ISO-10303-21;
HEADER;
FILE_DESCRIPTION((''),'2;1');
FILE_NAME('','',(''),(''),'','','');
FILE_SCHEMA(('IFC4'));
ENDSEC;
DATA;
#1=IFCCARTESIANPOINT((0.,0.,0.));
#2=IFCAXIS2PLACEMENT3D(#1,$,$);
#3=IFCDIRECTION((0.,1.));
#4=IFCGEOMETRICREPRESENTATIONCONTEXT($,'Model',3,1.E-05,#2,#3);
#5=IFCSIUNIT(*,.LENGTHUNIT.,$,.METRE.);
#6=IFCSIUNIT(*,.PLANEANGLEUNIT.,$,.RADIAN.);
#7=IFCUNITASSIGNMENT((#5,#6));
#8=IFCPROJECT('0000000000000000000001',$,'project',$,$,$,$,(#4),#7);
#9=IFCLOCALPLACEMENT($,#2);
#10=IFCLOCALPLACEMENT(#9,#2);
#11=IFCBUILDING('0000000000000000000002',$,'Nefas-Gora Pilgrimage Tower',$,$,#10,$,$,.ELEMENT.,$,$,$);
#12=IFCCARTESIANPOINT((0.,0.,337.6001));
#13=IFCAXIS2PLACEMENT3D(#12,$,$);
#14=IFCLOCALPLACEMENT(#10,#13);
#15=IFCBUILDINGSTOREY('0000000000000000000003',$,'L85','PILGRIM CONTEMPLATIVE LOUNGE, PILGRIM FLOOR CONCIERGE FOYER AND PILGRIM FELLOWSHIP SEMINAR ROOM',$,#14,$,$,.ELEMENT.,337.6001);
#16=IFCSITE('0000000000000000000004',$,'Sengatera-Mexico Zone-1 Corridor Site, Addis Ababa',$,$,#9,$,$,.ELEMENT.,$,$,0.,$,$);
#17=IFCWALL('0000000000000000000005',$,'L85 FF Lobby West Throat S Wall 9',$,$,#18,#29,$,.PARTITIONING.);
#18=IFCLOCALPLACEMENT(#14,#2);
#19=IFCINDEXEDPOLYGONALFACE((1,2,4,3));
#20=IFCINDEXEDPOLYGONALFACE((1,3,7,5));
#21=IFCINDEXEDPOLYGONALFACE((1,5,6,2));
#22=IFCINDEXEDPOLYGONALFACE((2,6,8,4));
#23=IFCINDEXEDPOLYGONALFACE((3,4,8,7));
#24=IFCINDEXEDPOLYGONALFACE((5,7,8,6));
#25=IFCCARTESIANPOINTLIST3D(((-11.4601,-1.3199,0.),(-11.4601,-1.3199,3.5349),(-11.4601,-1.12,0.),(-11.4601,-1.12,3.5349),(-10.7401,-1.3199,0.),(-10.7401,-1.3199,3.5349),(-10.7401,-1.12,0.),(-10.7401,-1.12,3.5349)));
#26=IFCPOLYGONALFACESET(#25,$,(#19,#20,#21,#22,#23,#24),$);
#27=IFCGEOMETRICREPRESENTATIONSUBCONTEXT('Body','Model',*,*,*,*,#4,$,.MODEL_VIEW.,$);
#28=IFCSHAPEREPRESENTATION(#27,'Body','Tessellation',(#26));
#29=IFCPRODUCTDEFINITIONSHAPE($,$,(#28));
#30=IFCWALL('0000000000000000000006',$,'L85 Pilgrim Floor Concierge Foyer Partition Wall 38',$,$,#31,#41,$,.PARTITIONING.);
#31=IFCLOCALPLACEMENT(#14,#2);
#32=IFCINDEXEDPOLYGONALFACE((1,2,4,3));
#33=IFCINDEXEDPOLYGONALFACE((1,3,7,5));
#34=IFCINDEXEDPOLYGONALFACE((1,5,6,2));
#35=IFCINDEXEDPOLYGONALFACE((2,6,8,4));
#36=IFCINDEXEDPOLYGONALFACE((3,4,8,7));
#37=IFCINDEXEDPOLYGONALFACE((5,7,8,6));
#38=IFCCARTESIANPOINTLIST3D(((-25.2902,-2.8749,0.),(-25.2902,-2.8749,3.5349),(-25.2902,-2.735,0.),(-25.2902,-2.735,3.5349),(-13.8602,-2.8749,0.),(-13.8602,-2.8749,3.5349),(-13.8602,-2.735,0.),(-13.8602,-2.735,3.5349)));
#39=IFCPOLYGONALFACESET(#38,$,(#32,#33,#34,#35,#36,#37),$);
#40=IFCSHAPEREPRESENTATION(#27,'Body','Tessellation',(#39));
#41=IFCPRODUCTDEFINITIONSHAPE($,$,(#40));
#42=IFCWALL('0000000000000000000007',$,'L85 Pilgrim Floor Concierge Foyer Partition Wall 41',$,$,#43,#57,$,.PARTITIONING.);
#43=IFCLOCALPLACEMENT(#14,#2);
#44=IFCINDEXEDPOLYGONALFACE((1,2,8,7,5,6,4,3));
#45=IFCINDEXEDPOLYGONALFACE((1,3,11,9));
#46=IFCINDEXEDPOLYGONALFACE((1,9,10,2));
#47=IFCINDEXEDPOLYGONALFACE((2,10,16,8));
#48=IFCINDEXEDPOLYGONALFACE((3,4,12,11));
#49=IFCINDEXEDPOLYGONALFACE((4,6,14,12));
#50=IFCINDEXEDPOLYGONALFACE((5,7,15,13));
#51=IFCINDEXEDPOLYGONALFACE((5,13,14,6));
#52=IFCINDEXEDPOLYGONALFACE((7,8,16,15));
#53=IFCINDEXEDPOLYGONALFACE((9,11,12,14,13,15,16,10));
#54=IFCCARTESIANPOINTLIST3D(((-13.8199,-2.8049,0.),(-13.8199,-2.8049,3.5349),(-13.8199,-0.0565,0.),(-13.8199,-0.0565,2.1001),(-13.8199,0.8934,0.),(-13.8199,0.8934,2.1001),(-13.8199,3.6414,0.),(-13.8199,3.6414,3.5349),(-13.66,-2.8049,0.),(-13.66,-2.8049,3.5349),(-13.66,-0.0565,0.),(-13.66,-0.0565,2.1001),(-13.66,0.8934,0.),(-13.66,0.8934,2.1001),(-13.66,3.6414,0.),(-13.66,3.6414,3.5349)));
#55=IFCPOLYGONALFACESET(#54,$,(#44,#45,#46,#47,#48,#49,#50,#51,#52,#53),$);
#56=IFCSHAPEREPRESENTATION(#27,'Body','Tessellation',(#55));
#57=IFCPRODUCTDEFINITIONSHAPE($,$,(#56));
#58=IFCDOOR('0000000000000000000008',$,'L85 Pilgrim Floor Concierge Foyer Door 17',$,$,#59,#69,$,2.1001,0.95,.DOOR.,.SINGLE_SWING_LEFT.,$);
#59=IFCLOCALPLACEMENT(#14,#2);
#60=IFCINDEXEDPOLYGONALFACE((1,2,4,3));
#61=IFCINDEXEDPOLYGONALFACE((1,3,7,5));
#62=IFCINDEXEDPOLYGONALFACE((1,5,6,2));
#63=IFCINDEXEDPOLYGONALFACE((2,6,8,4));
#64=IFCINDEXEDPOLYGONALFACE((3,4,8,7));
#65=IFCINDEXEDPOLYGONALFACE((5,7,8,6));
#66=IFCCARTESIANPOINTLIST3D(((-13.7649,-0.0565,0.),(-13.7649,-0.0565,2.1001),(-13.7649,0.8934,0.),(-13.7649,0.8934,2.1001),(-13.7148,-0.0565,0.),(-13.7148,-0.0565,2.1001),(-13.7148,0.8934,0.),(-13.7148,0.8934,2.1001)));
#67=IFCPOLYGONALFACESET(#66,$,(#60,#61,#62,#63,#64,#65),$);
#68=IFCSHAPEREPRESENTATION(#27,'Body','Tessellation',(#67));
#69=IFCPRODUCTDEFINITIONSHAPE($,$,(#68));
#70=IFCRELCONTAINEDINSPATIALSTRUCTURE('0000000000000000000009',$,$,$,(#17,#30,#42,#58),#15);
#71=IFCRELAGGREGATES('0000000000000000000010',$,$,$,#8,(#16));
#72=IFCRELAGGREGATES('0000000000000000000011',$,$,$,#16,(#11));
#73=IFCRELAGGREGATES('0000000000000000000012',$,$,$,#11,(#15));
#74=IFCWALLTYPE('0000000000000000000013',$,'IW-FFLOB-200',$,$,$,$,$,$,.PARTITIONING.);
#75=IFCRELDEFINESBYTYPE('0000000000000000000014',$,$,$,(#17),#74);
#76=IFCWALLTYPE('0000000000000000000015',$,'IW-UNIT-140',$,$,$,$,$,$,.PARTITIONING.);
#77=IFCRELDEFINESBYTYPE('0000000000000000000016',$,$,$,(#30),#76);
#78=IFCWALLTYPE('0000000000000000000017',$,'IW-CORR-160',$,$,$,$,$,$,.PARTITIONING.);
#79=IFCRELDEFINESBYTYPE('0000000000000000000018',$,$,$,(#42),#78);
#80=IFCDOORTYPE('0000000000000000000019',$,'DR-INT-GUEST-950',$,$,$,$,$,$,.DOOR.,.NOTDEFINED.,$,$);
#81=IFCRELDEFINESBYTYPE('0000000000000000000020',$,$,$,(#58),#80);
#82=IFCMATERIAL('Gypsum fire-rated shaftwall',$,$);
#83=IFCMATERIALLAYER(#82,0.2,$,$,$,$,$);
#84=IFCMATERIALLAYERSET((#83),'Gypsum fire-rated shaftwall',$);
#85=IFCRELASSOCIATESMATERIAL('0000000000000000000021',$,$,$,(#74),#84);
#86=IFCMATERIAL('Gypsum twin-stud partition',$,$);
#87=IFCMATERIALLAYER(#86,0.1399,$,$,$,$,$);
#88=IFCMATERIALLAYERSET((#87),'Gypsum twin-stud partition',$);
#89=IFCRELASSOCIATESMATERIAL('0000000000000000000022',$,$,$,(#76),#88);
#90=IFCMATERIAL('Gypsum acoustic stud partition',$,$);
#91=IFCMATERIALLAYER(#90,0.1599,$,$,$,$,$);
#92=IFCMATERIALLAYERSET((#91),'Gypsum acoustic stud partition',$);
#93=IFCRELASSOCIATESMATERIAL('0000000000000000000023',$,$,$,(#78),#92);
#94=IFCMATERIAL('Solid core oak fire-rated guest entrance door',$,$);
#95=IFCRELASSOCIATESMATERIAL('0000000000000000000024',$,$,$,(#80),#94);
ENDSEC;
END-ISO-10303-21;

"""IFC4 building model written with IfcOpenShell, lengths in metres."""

from ifc_helpers import new_model, si_unit, direction, frame, frame_2d, origin, place, context, subcontext, project, spatial, rectangle, extrude, source, transform, mapped, material, layer, layer_set, type_object, element, fill, save


model = new_model("IFC4")

# Units and contexts
model_context = context("Model", 3, precision=1e-05, world=origin(), true_north=direction((0.0, 1.0)))
body_context = subcontext(model_context, "Body", "Model", "MODEL_VIEW")
ifc_project = project(units=[si_unit("LENGTHUNIT", "METRE"), si_unit("PLANEANGLEUNIT", "RADIAN")], contexts=[model_context])

# Site, building, storey
site_placement = place(None, origin())
site = spatial("IfcSite", under=ifc_project, at=site_placement, Name="Sengatera-Mexico Zone-1 Corridor Site, Addis Ababa", CompositionType="ELEMENT", RefElevation=0.0)
building_placement = place(site_placement, origin())
building = spatial("IfcBuilding", under=site, at=building_placement, Name="Nefas-Gora Pilgrimage Tower", CompositionType="ELEMENT")
storey_placement = place(building_placement, frame((0.0, 0.0, 337.6001)))
storey = spatial("IfcBuildingStorey", under=building, at=storey_placement, Name="L85", Description="PILGRIM CONTEMPLATIVE LOUNGE, PILGRIM FLOOR CONCIERGE FOYER AND PILGRIM FELLOWSHIP SEMINAR ROOM", CompositionType="ELEMENT", Elevation=337.6001)

# Walls
ifc_material_1 = material(Name="Gypsum fire-rated shaftwall")
ifc_layer_1 = layer(ifc_material_1, 0.2)
ifc_layer_set_1 = layer_set([ifc_layer_1], Name="Gypsum fire-rated shaftwall")
wall_type_1 = type_object("IfcWallType", Name="IW-FFLOB-200", PredefinedType="PARTITIONING", material=ifc_layer_set_1)
shared_shape_1 = source(origin(), body_context, "Body", "SweptSolid", [
    extrude(rectangle(XDim=0.72, YDim=0.2, at=frame_2d((0.3599, 0.0))), origin(), (0.0, 0.0, 1.0), 3.5349),
])
wall_1_placement = place(storey_placement, frame((-11.46, -1.22, 0.0), z_axis=(0.0, 0.0, 1.0), x_axis=(1.0, 0.0, 0.0)))
element("IfcWall", 1, at=wall_1_placement, inside=storey, type_object=wall_type_1, Name="L85 FF Lobby West Throat S Wall 9", PredefinedType="PARTITIONING", context=body_context, shape_type="MappedRepresentation", body=[
    mapped(shared_shape_1, transform((0.0, 0.0, 0.0), x_axis=(1.0, 0.0, 0.0), y_axis=(0.0, 1.0, 0.0), z_axis=(0.0, 0.0, 1.0), scale=1.0)),
])
ifc_material_2 = material(Name="Gypsum twin-stud partition")
ifc_layer_2 = layer(ifc_material_2, 0.1399)
ifc_layer_set_2 = layer_set([ifc_layer_2], Name="Gypsum twin-stud partition")
wall_type_2 = type_object("IfcWallType", Name="IW-UNIT-140", PredefinedType="PARTITIONING", material=ifc_layer_set_2)
shared_shape_2 = source(origin(), body_context, "Body", "SweptSolid", [
    extrude(rectangle(XDim=11.4299, YDim=0.1399, at=frame_2d((5.7148, 0.0))), origin(), (0.0, 0.0, 1.0), 3.5349),
])
wall_2_placement = place(storey_placement, frame((-25.29, -2.8049, 0.0), z_axis=(0.0, 0.0, 1.0), x_axis=(1.0, 0.0, 0.0)))
element("IfcWall", 2, at=wall_2_placement, inside=storey, type_object=wall_type_2, Name="L85 Pilgrim Floor Concierge Foyer Partition Wall 38", PredefinedType="PARTITIONING", context=body_context, shape_type="MappedRepresentation", body=[
    mapped(shared_shape_2, transform((0.0, 0.0, 0.0), x_axis=(1.0, 0.0, 0.0), y_axis=(0.0, 1.0, 0.0), z_axis=(0.0, 0.0, 1.0), scale=1.0)),
])

# Wall, opening, door
ifc_material_3 = material(Name="Gypsum acoustic stud partition")
ifc_layer_3 = layer(ifc_material_3, 0.1599)
ifc_layer_set_3 = layer_set([ifc_layer_3], Name="Gypsum acoustic stud partition")
wall_type_3 = type_object("IfcWallType", Name="IW-CORR-160", PredefinedType="PARTITIONING", material=ifc_layer_set_3)
shared_shape_3 = source(origin(), body_context, "Body", "SweptSolid", [
    extrude(rectangle(XDim=6.4463, YDim=0.1599, at=frame_2d((3.2231, 0.0))), origin(), (0.0, 0.0, 1.0), 3.5349),
])
wall_3_placement = place(storey_placement, frame((-13.74, -2.8049, 0.0), z_axis=(0.0, 0.0, 1.0), x_axis=(0.0, 1.0, 0.0)))
wall_3 = element("IfcWall", 3, at=wall_3_placement, inside=storey, type_object=wall_type_3, Name="L85 Pilgrim Floor Concierge Foyer Partition Wall 41", PredefinedType="PARTITIONING", context=body_context, shape_type="MappedRepresentation", body=[
    mapped(shared_shape_3, transform((0.0, 0.0, 0.0), x_axis=(1.0, 0.0, 0.0), y_axis=(0.0, 1.0, 0.0), z_axis=(0.0, 0.0, 1.0), scale=1.0)),
])
opening_1_placement = place(wall_3_placement, frame((2.7483, 0.0, 0.0)))
opening_1 = element("IfcOpeningElement", 4, at=opening_1_placement, cuts=wall_3, PredefinedType="OPENING", context=body_context, shape_type="SweptSolid", body=[
    extrude(rectangle(XDim=0.95, YDim=2.1001, at=frame_2d((0.4751, 1.05))), frame((0.0, 0.0898, 0.0), z_axis=(0.0, -1.0, 0.0), x_axis=(1.0, 0.0, 0.0)), (0.0, 0.0, 1.0), 0.1799),
])
ifc_material_4 = material(Name="Solid core oak fire-rated guest entrance door")
door_type_1 = type_object("IfcDoorType", Name="DR-INT-GUEST-950", OperationType="NOTDEFINED", PredefinedType="DOOR", material=ifc_material_4)
shared_shape_4 = source(origin(), body_context, "Body", "SweptSolid", [
    extrude(rectangle(XDim=0.95, YDim=2.1001, at=frame_2d((0.4751, 1.05))), frame((0.0, 0.0249, 0.0), z_axis=(0.0, -1.0, 0.0), x_axis=(1.0, 0.0, 0.0)), (0.0, 0.0, 1.0), 0.05),
])
door_1_placement = place(opening_1_placement, origin())
door_1 = element("IfcDoor", 5, at=door_1_placement, inside=storey, type_object=door_type_1, Name="L85 Pilgrim Floor Concierge Foyer Door 17", OperationType="SINGLE_SWING_LEFT", OverallHeight=2.1001, OverallWidth=0.95, PredefinedType="DOOR", context=body_context, shape_type="MappedRepresentation", body=[
    mapped(shared_shape_4, transform((0.0, 0.0, 0.0), x_axis=(1.0, 0.0, 0.0), y_axis=(0.0, 1.0, 0.0), z_axis=(0.0, 0.0, 1.0), scale=1.0)),
])
fill(opening_1, door_1)

save(model, "model.ifc")
